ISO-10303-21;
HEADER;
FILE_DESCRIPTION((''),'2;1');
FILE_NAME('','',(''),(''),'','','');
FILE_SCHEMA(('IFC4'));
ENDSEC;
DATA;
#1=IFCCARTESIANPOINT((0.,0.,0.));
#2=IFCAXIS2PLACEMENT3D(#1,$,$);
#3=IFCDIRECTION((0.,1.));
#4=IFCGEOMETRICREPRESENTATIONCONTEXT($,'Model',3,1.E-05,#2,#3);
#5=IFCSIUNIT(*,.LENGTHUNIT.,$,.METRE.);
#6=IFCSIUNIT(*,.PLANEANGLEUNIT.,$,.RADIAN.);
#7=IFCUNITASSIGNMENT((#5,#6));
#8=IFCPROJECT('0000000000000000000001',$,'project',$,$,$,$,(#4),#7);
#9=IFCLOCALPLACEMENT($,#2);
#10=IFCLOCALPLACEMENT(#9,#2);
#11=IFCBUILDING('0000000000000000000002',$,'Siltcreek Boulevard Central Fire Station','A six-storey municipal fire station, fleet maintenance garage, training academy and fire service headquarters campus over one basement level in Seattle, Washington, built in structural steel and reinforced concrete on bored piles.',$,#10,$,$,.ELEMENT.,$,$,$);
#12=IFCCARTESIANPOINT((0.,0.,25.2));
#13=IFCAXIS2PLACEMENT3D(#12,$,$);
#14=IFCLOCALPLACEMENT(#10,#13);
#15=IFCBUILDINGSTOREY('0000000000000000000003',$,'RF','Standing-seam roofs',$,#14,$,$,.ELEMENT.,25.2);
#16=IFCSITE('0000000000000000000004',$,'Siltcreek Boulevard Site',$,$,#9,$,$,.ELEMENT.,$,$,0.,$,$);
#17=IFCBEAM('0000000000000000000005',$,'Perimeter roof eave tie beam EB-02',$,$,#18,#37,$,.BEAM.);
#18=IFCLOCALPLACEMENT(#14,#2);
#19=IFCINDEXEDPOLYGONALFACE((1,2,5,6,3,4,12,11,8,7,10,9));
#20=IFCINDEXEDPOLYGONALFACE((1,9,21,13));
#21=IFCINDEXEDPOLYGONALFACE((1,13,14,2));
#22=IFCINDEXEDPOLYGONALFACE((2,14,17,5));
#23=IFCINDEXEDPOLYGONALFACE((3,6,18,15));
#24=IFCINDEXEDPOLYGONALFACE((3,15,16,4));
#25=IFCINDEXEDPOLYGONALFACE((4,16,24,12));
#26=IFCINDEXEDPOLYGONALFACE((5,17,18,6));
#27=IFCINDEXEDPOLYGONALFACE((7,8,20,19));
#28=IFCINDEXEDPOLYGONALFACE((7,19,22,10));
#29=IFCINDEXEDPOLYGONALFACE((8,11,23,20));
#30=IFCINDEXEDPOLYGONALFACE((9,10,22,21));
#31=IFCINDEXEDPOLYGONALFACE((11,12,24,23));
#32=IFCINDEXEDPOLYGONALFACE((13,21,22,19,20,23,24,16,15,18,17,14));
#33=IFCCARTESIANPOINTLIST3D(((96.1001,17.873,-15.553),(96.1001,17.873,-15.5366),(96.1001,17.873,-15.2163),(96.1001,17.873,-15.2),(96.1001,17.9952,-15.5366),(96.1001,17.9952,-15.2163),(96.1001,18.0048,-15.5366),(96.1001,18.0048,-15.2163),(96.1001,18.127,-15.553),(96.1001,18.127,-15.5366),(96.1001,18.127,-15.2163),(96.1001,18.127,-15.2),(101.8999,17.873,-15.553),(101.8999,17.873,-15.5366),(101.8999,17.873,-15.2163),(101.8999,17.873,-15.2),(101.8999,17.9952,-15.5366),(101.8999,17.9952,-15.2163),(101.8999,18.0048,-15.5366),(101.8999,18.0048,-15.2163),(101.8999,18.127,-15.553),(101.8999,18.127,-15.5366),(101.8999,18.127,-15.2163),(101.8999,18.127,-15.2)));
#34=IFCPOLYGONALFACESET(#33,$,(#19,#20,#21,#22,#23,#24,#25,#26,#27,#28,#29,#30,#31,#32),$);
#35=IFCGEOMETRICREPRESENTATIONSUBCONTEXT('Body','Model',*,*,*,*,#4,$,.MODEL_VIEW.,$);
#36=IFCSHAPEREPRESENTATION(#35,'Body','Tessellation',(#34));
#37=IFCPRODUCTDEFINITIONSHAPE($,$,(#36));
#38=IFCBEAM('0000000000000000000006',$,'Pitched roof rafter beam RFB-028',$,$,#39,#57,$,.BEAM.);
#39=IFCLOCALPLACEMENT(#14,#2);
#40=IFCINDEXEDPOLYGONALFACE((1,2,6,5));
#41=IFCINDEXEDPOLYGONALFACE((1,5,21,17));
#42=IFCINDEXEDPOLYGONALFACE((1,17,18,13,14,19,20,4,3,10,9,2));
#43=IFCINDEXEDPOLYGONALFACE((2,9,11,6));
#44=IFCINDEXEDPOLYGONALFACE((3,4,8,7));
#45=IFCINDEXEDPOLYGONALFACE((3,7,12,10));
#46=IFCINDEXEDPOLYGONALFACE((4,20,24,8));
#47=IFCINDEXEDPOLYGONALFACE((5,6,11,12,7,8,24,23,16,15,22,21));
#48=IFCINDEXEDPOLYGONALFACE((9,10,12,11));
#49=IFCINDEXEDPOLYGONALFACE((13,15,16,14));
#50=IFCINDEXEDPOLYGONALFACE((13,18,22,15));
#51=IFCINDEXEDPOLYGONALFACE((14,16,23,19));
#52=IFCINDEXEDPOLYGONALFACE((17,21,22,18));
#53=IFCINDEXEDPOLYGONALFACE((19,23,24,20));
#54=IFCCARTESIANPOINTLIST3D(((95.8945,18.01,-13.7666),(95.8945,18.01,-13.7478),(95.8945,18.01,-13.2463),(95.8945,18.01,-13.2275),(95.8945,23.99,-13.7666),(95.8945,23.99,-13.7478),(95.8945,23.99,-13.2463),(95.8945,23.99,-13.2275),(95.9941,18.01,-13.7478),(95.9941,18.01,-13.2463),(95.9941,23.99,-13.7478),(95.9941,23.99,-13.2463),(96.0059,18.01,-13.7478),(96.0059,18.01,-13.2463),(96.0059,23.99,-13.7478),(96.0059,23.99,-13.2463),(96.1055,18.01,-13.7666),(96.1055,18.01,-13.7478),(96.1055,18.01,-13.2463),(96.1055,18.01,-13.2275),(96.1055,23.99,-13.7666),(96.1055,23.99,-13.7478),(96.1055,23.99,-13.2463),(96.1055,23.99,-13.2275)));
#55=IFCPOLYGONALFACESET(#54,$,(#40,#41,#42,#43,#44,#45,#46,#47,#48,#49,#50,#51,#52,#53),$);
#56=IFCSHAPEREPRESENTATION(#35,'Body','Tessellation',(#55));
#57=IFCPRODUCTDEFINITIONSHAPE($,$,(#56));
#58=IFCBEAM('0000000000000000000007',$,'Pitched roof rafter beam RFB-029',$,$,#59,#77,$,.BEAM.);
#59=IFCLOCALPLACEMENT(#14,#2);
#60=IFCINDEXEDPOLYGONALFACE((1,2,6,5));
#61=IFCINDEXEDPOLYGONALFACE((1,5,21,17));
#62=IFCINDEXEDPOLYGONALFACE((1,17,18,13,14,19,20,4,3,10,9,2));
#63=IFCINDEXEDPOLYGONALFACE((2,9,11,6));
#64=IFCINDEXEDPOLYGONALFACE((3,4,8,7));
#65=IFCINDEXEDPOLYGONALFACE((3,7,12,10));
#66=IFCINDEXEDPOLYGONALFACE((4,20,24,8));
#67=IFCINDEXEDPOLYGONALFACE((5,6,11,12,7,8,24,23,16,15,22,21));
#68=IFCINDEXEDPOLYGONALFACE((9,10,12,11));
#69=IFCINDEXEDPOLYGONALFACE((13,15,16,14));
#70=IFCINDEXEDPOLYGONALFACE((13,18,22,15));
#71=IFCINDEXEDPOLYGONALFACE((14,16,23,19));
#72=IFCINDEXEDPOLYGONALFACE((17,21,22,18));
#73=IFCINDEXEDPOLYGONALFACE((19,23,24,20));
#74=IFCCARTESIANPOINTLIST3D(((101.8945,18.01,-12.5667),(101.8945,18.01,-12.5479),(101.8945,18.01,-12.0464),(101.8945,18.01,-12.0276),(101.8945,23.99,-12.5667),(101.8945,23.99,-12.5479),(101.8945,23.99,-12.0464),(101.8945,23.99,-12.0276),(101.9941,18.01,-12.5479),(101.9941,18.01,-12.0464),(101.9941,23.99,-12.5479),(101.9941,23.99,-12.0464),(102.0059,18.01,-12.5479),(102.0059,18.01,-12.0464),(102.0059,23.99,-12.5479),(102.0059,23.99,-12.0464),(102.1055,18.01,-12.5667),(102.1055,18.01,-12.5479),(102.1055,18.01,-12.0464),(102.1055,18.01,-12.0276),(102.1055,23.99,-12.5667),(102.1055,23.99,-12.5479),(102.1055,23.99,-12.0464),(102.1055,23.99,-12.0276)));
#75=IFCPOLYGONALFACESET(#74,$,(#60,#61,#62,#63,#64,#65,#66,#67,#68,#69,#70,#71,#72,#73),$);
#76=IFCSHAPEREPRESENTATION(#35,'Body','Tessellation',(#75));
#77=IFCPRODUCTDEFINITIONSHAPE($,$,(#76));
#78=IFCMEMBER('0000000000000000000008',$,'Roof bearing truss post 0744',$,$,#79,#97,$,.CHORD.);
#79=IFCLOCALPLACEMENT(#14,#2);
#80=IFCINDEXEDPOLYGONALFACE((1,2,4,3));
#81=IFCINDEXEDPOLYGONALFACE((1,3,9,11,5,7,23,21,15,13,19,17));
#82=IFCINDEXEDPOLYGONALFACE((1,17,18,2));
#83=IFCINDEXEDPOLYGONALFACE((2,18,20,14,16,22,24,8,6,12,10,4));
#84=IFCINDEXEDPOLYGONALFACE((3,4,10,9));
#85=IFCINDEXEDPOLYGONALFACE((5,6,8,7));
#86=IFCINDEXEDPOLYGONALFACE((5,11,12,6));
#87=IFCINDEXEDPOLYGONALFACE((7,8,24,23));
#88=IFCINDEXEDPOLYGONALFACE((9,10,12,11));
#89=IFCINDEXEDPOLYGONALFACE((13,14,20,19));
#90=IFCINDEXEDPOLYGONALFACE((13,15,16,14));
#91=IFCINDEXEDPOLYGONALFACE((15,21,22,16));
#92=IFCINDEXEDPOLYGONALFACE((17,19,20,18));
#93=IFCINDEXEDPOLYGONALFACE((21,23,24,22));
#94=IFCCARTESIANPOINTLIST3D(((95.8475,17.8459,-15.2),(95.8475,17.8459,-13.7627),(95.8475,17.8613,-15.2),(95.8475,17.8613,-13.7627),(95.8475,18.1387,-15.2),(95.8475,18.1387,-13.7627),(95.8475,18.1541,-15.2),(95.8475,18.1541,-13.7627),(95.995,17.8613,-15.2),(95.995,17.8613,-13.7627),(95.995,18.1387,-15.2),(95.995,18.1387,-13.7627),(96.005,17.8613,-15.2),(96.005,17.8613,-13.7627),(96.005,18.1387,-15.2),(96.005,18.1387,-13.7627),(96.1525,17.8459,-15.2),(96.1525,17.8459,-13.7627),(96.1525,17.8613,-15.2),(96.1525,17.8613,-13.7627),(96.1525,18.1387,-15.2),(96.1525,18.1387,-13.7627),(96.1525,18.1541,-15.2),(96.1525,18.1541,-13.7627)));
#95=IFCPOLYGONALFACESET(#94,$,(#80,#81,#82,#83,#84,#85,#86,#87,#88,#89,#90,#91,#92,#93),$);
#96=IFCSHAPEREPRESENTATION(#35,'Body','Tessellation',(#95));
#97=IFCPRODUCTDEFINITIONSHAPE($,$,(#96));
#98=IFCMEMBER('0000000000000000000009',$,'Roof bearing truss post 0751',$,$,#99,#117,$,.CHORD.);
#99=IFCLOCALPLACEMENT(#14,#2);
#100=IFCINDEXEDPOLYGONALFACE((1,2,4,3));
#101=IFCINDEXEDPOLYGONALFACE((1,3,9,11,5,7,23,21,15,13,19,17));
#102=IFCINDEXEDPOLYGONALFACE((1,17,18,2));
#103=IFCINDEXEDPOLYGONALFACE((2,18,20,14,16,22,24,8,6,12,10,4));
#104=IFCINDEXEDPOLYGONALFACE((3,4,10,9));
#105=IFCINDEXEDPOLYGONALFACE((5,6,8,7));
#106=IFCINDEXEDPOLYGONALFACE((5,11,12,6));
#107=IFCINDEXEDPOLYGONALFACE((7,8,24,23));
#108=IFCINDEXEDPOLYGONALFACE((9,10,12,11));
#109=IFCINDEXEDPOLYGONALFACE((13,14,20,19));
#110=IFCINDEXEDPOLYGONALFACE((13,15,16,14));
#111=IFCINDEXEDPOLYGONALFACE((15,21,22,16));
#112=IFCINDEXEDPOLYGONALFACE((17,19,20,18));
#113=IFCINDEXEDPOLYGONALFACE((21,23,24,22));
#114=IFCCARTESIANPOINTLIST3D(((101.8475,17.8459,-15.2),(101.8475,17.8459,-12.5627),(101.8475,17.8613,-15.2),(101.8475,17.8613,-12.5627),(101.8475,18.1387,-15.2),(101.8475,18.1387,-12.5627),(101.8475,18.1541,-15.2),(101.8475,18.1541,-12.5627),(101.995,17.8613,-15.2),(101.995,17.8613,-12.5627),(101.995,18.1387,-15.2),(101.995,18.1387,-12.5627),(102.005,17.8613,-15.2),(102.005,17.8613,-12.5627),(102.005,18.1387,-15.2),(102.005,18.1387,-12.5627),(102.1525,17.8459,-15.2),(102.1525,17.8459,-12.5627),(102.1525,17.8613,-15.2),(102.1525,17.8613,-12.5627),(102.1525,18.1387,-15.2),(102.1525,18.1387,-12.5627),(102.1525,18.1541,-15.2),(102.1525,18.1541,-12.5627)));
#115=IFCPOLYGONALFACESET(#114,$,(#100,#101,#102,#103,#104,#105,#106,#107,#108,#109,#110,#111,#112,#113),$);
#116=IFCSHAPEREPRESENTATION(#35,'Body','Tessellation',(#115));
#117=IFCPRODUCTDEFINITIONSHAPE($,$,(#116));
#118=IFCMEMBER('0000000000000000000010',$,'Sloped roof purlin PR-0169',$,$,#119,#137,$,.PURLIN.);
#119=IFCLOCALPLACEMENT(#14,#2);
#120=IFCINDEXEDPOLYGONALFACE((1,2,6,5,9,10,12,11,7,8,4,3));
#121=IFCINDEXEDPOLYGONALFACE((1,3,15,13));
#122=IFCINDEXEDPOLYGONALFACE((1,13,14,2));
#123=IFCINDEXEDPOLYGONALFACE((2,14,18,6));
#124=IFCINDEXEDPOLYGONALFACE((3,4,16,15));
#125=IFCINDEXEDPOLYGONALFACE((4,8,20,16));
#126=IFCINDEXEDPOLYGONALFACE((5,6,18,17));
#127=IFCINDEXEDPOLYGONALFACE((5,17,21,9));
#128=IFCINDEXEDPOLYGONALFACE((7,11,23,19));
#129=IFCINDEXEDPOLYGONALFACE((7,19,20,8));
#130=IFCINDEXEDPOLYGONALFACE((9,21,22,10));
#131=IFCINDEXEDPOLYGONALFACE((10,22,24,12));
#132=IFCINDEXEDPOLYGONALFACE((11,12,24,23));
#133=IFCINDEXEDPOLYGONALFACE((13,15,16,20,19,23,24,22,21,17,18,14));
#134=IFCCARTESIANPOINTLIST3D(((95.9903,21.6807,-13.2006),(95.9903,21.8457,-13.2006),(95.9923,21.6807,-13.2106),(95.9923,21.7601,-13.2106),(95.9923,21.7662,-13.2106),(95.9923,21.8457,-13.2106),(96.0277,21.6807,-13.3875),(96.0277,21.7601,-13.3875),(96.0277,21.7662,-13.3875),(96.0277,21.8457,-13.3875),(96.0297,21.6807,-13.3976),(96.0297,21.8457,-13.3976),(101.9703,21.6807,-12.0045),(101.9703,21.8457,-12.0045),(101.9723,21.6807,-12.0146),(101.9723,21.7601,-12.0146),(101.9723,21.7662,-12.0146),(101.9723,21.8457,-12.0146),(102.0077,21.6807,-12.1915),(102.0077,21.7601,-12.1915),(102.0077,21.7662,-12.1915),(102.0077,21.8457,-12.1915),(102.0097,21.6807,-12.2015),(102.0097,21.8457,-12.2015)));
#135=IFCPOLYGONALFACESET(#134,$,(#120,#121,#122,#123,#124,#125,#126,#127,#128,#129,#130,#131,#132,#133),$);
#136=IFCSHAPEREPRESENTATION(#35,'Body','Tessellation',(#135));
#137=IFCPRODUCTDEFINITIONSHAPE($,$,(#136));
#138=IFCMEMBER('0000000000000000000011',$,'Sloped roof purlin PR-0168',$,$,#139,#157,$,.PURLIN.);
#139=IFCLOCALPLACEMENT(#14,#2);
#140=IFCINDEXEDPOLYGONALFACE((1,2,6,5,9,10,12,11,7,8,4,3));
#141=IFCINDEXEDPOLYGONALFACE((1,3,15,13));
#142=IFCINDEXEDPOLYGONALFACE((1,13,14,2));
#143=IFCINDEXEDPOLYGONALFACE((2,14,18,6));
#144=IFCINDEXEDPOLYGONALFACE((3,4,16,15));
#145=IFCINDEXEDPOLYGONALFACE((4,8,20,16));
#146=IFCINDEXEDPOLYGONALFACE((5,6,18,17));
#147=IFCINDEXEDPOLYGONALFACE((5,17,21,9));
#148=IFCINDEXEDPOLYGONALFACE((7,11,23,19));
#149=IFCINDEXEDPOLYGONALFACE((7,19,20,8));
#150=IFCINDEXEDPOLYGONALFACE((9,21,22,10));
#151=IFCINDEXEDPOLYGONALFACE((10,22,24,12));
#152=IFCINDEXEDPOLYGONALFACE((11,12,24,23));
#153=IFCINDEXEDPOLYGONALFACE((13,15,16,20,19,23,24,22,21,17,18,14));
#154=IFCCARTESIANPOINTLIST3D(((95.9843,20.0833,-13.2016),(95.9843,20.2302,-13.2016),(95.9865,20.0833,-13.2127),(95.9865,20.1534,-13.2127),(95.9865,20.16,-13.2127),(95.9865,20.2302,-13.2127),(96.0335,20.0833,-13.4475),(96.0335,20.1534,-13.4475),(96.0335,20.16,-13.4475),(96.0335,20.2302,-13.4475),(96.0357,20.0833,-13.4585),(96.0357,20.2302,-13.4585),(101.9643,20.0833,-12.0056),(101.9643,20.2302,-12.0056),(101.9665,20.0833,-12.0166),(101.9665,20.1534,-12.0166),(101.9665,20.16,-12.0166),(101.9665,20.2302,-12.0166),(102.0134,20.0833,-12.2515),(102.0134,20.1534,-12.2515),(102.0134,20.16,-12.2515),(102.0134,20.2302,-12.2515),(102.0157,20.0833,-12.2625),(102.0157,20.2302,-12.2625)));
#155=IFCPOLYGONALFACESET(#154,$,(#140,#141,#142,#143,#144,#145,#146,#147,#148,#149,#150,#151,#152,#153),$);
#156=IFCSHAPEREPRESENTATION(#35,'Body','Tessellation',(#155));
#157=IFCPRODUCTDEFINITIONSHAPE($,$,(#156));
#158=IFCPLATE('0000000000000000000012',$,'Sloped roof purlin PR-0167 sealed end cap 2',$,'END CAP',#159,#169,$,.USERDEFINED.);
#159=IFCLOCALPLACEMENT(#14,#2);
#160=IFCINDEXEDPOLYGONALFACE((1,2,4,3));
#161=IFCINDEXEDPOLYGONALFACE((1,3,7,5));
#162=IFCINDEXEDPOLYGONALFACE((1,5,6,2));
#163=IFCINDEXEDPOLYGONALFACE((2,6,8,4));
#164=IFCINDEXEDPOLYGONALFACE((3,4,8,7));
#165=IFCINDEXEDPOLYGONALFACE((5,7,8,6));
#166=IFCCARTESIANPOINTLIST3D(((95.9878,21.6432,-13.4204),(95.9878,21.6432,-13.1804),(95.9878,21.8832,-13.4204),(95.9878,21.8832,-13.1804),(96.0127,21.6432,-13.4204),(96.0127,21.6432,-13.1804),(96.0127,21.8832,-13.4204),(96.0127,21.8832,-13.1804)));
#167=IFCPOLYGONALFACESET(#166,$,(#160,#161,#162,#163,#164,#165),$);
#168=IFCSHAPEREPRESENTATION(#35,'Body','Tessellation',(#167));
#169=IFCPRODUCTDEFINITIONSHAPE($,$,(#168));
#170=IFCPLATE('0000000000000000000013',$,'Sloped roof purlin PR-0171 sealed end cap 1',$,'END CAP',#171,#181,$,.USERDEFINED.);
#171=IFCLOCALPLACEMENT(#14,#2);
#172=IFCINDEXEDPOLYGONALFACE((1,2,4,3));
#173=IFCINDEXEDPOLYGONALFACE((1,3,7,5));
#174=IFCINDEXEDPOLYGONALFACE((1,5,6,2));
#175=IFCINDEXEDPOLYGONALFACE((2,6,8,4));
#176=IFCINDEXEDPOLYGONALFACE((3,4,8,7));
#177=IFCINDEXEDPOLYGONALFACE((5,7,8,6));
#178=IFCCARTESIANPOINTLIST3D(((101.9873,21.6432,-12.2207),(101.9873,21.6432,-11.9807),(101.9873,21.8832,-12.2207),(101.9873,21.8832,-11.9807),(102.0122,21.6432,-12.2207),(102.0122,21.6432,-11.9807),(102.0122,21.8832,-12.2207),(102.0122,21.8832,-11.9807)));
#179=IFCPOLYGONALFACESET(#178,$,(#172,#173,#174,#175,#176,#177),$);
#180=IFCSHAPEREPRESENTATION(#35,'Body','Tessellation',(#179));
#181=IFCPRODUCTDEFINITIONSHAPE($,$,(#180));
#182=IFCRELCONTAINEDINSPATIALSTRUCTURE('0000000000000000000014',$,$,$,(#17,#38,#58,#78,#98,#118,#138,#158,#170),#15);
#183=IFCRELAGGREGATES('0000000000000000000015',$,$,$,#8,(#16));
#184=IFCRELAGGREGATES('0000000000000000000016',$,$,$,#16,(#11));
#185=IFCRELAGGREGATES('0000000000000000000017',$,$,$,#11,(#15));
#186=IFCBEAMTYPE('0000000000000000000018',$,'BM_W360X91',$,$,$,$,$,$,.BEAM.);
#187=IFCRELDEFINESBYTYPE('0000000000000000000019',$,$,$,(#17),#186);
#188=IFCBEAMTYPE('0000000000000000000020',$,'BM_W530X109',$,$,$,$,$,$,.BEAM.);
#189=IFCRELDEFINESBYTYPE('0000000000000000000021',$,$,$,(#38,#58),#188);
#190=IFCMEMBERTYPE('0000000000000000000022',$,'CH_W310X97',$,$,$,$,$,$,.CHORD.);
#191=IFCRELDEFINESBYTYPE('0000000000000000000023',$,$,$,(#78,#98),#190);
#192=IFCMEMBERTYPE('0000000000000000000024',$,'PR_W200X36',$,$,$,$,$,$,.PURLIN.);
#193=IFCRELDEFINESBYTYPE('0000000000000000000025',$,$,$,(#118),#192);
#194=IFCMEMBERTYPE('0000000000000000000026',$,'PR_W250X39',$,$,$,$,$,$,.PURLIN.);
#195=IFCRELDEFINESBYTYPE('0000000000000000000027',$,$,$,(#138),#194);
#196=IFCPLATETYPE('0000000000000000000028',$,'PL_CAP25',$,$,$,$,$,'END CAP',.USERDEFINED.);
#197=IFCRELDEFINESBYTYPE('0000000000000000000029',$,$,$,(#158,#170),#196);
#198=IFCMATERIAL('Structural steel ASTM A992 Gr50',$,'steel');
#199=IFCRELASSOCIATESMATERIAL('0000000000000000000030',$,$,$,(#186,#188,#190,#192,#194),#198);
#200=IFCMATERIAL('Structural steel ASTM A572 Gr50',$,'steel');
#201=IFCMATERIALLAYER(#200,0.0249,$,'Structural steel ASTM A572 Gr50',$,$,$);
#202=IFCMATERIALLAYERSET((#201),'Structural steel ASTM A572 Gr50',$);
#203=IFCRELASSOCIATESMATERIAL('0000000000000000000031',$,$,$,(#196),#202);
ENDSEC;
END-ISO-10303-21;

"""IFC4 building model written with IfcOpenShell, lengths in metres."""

from ifc_helpers import new_model, si_unit, direction, frame, origin, origin_2d, place, context, subcontext, project, spatial, rectangle, i_section, extrude, material, layer, layer_set, material_profile, profile_set, type_object, element, save


model = new_model("IFC4")

# Units and contexts
model_context = context("Model", 3, precision=1e-05, world=origin(), true_north=direction((0.0, 1.0)))
body_context = subcontext(model_context, "Body", "Model", "MODEL_VIEW")
ifc_project = project(units=[si_unit("LENGTHUNIT", "METRE"), si_unit("PLANEANGLEUNIT", "RADIAN")], contexts=[model_context])

# Site, building, storey
site_placement = place(None, origin())
site = spatial("IfcSite", under=ifc_project, at=site_placement, Name="Siltcreek Boulevard Site", CompositionType="ELEMENT", RefElevation=0.0)
building_placement = place(site_placement, origin())
building = spatial("IfcBuilding", under=site, at=building_placement, Name="Siltcreek Boulevard Central Fire Station", Description="A six-storey municipal fire station, fleet maintenance garage, training academy and fire service headquarters campus over one basement level in Seattle, Washington, built in structural steel and reinforced concrete on bored piles.", CompositionType="ELEMENT")
storey_placement = place(building_placement, frame((0.0, 0.0, 25.2)))
storey = spatial("IfcBuildingStorey", under=building, at=storey_placement, Name="RF", Description="Standing-seam roofs", CompositionType="ELEMENT", Elevation=25.2)

# Beams
ifc_material_1 = material(Name="Structural steel ASTM A992 Gr50", Category="steel")
ifc_material_profile_1 = material_profile(ifc_material_1, i_section(OverallWidth=0.2539, OverallDepth=0.353, WebThickness=0.0095, FlangeThickness=0.0164, at=origin_2d()), Name="W360X91")
ifc_profile_set_1 = profile_set([ifc_material_profile_1], Name="Structural steel ASTM A992 Gr50")
beam_type_1 = type_object("IfcBeamType", Name="BM_W360X91", PredefinedType="BEAM", material=ifc_profile_set_1)
beam_placement = place(storey_placement, frame((96.1001, 18.0, -15.3765), z_axis=(1.0, 0.0, 0.0), x_axis=(0.0, 1.0, 0.0)))
element("IfcBeam", 1, at=beam_placement, inside=storey, type_object=beam_type_1, Name="Perimeter roof eave tie beam EB-02", PredefinedType="BEAM", context=body_context, shape_type="SweptSolid", body=[
    extrude(i_section(OverallWidth=0.2539, OverallDepth=0.353, WebThickness=0.0095, FlangeThickness=0.0164, at=origin_2d()), origin(), (0.0, 0.0, 1.0), 5.7998),
])
ifc_material_profile_2 = material_profile(ifc_material_1, i_section(OverallWidth=0.2109, OverallDepth=0.5391, WebThickness=0.0117, FlangeThickness=0.0188, at=origin_2d()), Name="W530X109")
ifc_profile_set_2 = profile_set([ifc_material_profile_2], Name="Structural steel ASTM A992 Gr50")
beam_type_2 = type_object("IfcBeamType", Name="BM_W530X109", PredefinedType="BEAM", material=ifc_profile_set_2)
for number, where, z_axis, x_axis, name in (
    (2, (96.0, 18.01, -13.4971), (0.0, 1.0, 0.0), (-1.0, 0.0, 0.0), "Pitched roof rafter beam RFB-028"),
    (3, (102.0, 18.01, -12.2971), (0.0, 1.0, 0.0), (-1.0, 0.0, 0.0), "Pitched roof rafter beam RFB-029"),
):
    element("IfcBeam", number, at=place(storey_placement, frame(where, z_axis=z_axis, x_axis=x_axis)), inside=storey, type_object=beam_type_2, Name=name, PredefinedType="BEAM", context=body_context, shape_type="SweptSolid", body=[
        extrude(i_section(OverallWidth=0.2109, OverallDepth=0.5391, WebThickness=0.0117, FlangeThickness=0.0188, at=origin_2d()), origin(), (0.0, 0.0, 1.0), 5.98),
    ])

# Members
ifc_material_profile_3 = material_profile(ifc_material_1, i_section(OverallWidth=0.3049, OverallDepth=0.3081, WebThickness=0.01, FlangeThickness=0.0154, at=origin_2d()), Name="W310X97")
ifc_profile_set_3 = profile_set([ifc_material_profile_3], Name="Structural steel ASTM A992 Gr50")
member_type_1 = type_object("IfcMemberType", Name="CH_W310X97", PredefinedType="CHORD", material=ifc_profile_set_3)
member_1_placement = place(storey_placement, frame((96.0, 18.0, -15.2), z_axis=(0.0, 0.0, 1.0), x_axis=(1.0, 0.0, 0.0)))
element("IfcMember", 4, at=member_1_placement, inside=storey, type_object=member_type_1, Name="Roof bearing truss post 0744", PredefinedType="CHORD", context=body_context, shape_type="SweptSolid", body=[
    extrude(i_section(OverallWidth=0.3049, OverallDepth=0.3081, WebThickness=0.01, FlangeThickness=0.0154, at=origin_2d()), origin(), (0.0, 0.0, 1.0), 1.4373),
])
member_2_placement = place(storey_placement, frame((102.0, 18.0, -15.2), z_axis=(0.0, 0.0, 1.0), x_axis=(1.0, 0.0, 0.0)))
element("IfcMember", 5, at=member_2_placement, inside=storey, type_object=member_type_1, Name="Roof bearing truss post 0751", PredefinedType="CHORD", context=body_context, shape_type="SweptSolid", body=[
    extrude(i_section(OverallWidth=0.3049, OverallDepth=0.3081, WebThickness=0.01, FlangeThickness=0.0154, at=origin_2d()), origin(), (0.0, 0.0, 1.0), 2.6372),
])
ifc_material_profile_4 = material_profile(ifc_material_1, i_section(OverallWidth=0.165, OverallDepth=0.2009, WebThickness=0.0061, FlangeThickness=0.0103, at=origin_2d()), Name="W200X36")
ifc_profile_set_4 = profile_set([ifc_material_profile_4], Name="Structural steel ASTM A992 Gr50")
member_type_2 = type_object("IfcMemberType", Name="PR_W200X36", PredefinedType="PURLIN", material=ifc_profile_set_4)
member_3_placement = place(storey_placement, frame((96.01, 21.7632, -13.2991), z_axis=(0.980579, 0.0, 0.196124), x_axis=(0.0, 1.0, 0.0)))
element("IfcMember", 6, at=member_3_placement, inside=storey, type_object=member_type_2, Name="Sloped roof purlin PR-0169", PredefinedType="PURLIN", context=body_context, shape_type="SweptSolid", body=[
    extrude(i_section(OverallWidth=0.165, OverallDepth=0.2009, WebThickness=0.0061, FlangeThickness=0.0103, at=origin_2d()), origin(), (0.0, 0.0, 1.0), 6.0984),
])
ifc_material_profile_5 = material_profile(ifc_material_1, i_section(OverallWidth=0.147, OverallDepth=0.262, WebThickness=0.0066, FlangeThickness=0.0112, at=origin_2d()), Name="W250X39")
ifc_profile_set_5 = profile_set([ifc_material_profile_5], Name="Structural steel ASTM A992 Gr50")
member_type_3 = type_object("IfcMemberType", Name="PR_W250X39", PredefinedType="PURLIN", material=ifc_profile_set_5)
member_4_placement = place(storey_placement, frame((96.01, 20.1567, -13.3301), z_axis=(0.980579, 0.0, 0.196124), x_axis=(0.0, 1.0, 0.0)))
element("IfcMember", 7, at=member_4_placement, inside=storey, type_object=member_type_3, Name="Sloped roof purlin PR-0168", PredefinedType="PURLIN", context=body_context, shape_type="SweptSolid", body=[
    extrude(i_section(OverallWidth=0.147, OverallDepth=0.262, WebThickness=0.0066, FlangeThickness=0.0112, at=origin_2d()), origin(), (0.0, 0.0, 1.0), 6.0984),
])

# Plates
ifc_material_2 = material(Name="Structural steel ASTM A572 Gr50", Category="steel")
ifc_layer_1 = layer(ifc_material_2, 0.0249, Name="Structural steel ASTM A572 Gr50")
ifc_layer_set_1 = layer_set([ifc_layer_1], Name="Structural steel ASTM A572 Gr50")
plate_type = type_object("IfcPlateType", Name="PL_CAP25", ElementType="END CAP", PredefinedType="USERDEFINED", material=ifc_layer_set_1)
for number, where, z_axis, x_axis, name in (
    (8, (96.0002, 21.7632, -13.4204), (0.0, 0.0, 1.0), (1.0, 0.0, 0.0), "Sloped roof purlin PR-0167 sealed end cap 2"),
    (9, (101.9998, 21.7632, -12.2207), (0.0, 0.0, 1.0), (1.0, 0.0, 0.0), "Sloped roof purlin PR-0171 sealed end cap 1"),
):
    element("IfcPlate", number, at=place(storey_placement, frame(where, z_axis=z_axis, x_axis=x_axis)), inside=storey, type_object=plate_type, Name=name, ObjectType="END CAP", PredefinedType="USERDEFINED", context=body_context, shape_type="SweptSolid", body=[
        extrude(rectangle(XDim=0.0249, YDim=0.24, at=origin_2d()), origin(), (0.0, 0.0, 1.0), 0.24),
    ])

save(model, "model.ifc")
